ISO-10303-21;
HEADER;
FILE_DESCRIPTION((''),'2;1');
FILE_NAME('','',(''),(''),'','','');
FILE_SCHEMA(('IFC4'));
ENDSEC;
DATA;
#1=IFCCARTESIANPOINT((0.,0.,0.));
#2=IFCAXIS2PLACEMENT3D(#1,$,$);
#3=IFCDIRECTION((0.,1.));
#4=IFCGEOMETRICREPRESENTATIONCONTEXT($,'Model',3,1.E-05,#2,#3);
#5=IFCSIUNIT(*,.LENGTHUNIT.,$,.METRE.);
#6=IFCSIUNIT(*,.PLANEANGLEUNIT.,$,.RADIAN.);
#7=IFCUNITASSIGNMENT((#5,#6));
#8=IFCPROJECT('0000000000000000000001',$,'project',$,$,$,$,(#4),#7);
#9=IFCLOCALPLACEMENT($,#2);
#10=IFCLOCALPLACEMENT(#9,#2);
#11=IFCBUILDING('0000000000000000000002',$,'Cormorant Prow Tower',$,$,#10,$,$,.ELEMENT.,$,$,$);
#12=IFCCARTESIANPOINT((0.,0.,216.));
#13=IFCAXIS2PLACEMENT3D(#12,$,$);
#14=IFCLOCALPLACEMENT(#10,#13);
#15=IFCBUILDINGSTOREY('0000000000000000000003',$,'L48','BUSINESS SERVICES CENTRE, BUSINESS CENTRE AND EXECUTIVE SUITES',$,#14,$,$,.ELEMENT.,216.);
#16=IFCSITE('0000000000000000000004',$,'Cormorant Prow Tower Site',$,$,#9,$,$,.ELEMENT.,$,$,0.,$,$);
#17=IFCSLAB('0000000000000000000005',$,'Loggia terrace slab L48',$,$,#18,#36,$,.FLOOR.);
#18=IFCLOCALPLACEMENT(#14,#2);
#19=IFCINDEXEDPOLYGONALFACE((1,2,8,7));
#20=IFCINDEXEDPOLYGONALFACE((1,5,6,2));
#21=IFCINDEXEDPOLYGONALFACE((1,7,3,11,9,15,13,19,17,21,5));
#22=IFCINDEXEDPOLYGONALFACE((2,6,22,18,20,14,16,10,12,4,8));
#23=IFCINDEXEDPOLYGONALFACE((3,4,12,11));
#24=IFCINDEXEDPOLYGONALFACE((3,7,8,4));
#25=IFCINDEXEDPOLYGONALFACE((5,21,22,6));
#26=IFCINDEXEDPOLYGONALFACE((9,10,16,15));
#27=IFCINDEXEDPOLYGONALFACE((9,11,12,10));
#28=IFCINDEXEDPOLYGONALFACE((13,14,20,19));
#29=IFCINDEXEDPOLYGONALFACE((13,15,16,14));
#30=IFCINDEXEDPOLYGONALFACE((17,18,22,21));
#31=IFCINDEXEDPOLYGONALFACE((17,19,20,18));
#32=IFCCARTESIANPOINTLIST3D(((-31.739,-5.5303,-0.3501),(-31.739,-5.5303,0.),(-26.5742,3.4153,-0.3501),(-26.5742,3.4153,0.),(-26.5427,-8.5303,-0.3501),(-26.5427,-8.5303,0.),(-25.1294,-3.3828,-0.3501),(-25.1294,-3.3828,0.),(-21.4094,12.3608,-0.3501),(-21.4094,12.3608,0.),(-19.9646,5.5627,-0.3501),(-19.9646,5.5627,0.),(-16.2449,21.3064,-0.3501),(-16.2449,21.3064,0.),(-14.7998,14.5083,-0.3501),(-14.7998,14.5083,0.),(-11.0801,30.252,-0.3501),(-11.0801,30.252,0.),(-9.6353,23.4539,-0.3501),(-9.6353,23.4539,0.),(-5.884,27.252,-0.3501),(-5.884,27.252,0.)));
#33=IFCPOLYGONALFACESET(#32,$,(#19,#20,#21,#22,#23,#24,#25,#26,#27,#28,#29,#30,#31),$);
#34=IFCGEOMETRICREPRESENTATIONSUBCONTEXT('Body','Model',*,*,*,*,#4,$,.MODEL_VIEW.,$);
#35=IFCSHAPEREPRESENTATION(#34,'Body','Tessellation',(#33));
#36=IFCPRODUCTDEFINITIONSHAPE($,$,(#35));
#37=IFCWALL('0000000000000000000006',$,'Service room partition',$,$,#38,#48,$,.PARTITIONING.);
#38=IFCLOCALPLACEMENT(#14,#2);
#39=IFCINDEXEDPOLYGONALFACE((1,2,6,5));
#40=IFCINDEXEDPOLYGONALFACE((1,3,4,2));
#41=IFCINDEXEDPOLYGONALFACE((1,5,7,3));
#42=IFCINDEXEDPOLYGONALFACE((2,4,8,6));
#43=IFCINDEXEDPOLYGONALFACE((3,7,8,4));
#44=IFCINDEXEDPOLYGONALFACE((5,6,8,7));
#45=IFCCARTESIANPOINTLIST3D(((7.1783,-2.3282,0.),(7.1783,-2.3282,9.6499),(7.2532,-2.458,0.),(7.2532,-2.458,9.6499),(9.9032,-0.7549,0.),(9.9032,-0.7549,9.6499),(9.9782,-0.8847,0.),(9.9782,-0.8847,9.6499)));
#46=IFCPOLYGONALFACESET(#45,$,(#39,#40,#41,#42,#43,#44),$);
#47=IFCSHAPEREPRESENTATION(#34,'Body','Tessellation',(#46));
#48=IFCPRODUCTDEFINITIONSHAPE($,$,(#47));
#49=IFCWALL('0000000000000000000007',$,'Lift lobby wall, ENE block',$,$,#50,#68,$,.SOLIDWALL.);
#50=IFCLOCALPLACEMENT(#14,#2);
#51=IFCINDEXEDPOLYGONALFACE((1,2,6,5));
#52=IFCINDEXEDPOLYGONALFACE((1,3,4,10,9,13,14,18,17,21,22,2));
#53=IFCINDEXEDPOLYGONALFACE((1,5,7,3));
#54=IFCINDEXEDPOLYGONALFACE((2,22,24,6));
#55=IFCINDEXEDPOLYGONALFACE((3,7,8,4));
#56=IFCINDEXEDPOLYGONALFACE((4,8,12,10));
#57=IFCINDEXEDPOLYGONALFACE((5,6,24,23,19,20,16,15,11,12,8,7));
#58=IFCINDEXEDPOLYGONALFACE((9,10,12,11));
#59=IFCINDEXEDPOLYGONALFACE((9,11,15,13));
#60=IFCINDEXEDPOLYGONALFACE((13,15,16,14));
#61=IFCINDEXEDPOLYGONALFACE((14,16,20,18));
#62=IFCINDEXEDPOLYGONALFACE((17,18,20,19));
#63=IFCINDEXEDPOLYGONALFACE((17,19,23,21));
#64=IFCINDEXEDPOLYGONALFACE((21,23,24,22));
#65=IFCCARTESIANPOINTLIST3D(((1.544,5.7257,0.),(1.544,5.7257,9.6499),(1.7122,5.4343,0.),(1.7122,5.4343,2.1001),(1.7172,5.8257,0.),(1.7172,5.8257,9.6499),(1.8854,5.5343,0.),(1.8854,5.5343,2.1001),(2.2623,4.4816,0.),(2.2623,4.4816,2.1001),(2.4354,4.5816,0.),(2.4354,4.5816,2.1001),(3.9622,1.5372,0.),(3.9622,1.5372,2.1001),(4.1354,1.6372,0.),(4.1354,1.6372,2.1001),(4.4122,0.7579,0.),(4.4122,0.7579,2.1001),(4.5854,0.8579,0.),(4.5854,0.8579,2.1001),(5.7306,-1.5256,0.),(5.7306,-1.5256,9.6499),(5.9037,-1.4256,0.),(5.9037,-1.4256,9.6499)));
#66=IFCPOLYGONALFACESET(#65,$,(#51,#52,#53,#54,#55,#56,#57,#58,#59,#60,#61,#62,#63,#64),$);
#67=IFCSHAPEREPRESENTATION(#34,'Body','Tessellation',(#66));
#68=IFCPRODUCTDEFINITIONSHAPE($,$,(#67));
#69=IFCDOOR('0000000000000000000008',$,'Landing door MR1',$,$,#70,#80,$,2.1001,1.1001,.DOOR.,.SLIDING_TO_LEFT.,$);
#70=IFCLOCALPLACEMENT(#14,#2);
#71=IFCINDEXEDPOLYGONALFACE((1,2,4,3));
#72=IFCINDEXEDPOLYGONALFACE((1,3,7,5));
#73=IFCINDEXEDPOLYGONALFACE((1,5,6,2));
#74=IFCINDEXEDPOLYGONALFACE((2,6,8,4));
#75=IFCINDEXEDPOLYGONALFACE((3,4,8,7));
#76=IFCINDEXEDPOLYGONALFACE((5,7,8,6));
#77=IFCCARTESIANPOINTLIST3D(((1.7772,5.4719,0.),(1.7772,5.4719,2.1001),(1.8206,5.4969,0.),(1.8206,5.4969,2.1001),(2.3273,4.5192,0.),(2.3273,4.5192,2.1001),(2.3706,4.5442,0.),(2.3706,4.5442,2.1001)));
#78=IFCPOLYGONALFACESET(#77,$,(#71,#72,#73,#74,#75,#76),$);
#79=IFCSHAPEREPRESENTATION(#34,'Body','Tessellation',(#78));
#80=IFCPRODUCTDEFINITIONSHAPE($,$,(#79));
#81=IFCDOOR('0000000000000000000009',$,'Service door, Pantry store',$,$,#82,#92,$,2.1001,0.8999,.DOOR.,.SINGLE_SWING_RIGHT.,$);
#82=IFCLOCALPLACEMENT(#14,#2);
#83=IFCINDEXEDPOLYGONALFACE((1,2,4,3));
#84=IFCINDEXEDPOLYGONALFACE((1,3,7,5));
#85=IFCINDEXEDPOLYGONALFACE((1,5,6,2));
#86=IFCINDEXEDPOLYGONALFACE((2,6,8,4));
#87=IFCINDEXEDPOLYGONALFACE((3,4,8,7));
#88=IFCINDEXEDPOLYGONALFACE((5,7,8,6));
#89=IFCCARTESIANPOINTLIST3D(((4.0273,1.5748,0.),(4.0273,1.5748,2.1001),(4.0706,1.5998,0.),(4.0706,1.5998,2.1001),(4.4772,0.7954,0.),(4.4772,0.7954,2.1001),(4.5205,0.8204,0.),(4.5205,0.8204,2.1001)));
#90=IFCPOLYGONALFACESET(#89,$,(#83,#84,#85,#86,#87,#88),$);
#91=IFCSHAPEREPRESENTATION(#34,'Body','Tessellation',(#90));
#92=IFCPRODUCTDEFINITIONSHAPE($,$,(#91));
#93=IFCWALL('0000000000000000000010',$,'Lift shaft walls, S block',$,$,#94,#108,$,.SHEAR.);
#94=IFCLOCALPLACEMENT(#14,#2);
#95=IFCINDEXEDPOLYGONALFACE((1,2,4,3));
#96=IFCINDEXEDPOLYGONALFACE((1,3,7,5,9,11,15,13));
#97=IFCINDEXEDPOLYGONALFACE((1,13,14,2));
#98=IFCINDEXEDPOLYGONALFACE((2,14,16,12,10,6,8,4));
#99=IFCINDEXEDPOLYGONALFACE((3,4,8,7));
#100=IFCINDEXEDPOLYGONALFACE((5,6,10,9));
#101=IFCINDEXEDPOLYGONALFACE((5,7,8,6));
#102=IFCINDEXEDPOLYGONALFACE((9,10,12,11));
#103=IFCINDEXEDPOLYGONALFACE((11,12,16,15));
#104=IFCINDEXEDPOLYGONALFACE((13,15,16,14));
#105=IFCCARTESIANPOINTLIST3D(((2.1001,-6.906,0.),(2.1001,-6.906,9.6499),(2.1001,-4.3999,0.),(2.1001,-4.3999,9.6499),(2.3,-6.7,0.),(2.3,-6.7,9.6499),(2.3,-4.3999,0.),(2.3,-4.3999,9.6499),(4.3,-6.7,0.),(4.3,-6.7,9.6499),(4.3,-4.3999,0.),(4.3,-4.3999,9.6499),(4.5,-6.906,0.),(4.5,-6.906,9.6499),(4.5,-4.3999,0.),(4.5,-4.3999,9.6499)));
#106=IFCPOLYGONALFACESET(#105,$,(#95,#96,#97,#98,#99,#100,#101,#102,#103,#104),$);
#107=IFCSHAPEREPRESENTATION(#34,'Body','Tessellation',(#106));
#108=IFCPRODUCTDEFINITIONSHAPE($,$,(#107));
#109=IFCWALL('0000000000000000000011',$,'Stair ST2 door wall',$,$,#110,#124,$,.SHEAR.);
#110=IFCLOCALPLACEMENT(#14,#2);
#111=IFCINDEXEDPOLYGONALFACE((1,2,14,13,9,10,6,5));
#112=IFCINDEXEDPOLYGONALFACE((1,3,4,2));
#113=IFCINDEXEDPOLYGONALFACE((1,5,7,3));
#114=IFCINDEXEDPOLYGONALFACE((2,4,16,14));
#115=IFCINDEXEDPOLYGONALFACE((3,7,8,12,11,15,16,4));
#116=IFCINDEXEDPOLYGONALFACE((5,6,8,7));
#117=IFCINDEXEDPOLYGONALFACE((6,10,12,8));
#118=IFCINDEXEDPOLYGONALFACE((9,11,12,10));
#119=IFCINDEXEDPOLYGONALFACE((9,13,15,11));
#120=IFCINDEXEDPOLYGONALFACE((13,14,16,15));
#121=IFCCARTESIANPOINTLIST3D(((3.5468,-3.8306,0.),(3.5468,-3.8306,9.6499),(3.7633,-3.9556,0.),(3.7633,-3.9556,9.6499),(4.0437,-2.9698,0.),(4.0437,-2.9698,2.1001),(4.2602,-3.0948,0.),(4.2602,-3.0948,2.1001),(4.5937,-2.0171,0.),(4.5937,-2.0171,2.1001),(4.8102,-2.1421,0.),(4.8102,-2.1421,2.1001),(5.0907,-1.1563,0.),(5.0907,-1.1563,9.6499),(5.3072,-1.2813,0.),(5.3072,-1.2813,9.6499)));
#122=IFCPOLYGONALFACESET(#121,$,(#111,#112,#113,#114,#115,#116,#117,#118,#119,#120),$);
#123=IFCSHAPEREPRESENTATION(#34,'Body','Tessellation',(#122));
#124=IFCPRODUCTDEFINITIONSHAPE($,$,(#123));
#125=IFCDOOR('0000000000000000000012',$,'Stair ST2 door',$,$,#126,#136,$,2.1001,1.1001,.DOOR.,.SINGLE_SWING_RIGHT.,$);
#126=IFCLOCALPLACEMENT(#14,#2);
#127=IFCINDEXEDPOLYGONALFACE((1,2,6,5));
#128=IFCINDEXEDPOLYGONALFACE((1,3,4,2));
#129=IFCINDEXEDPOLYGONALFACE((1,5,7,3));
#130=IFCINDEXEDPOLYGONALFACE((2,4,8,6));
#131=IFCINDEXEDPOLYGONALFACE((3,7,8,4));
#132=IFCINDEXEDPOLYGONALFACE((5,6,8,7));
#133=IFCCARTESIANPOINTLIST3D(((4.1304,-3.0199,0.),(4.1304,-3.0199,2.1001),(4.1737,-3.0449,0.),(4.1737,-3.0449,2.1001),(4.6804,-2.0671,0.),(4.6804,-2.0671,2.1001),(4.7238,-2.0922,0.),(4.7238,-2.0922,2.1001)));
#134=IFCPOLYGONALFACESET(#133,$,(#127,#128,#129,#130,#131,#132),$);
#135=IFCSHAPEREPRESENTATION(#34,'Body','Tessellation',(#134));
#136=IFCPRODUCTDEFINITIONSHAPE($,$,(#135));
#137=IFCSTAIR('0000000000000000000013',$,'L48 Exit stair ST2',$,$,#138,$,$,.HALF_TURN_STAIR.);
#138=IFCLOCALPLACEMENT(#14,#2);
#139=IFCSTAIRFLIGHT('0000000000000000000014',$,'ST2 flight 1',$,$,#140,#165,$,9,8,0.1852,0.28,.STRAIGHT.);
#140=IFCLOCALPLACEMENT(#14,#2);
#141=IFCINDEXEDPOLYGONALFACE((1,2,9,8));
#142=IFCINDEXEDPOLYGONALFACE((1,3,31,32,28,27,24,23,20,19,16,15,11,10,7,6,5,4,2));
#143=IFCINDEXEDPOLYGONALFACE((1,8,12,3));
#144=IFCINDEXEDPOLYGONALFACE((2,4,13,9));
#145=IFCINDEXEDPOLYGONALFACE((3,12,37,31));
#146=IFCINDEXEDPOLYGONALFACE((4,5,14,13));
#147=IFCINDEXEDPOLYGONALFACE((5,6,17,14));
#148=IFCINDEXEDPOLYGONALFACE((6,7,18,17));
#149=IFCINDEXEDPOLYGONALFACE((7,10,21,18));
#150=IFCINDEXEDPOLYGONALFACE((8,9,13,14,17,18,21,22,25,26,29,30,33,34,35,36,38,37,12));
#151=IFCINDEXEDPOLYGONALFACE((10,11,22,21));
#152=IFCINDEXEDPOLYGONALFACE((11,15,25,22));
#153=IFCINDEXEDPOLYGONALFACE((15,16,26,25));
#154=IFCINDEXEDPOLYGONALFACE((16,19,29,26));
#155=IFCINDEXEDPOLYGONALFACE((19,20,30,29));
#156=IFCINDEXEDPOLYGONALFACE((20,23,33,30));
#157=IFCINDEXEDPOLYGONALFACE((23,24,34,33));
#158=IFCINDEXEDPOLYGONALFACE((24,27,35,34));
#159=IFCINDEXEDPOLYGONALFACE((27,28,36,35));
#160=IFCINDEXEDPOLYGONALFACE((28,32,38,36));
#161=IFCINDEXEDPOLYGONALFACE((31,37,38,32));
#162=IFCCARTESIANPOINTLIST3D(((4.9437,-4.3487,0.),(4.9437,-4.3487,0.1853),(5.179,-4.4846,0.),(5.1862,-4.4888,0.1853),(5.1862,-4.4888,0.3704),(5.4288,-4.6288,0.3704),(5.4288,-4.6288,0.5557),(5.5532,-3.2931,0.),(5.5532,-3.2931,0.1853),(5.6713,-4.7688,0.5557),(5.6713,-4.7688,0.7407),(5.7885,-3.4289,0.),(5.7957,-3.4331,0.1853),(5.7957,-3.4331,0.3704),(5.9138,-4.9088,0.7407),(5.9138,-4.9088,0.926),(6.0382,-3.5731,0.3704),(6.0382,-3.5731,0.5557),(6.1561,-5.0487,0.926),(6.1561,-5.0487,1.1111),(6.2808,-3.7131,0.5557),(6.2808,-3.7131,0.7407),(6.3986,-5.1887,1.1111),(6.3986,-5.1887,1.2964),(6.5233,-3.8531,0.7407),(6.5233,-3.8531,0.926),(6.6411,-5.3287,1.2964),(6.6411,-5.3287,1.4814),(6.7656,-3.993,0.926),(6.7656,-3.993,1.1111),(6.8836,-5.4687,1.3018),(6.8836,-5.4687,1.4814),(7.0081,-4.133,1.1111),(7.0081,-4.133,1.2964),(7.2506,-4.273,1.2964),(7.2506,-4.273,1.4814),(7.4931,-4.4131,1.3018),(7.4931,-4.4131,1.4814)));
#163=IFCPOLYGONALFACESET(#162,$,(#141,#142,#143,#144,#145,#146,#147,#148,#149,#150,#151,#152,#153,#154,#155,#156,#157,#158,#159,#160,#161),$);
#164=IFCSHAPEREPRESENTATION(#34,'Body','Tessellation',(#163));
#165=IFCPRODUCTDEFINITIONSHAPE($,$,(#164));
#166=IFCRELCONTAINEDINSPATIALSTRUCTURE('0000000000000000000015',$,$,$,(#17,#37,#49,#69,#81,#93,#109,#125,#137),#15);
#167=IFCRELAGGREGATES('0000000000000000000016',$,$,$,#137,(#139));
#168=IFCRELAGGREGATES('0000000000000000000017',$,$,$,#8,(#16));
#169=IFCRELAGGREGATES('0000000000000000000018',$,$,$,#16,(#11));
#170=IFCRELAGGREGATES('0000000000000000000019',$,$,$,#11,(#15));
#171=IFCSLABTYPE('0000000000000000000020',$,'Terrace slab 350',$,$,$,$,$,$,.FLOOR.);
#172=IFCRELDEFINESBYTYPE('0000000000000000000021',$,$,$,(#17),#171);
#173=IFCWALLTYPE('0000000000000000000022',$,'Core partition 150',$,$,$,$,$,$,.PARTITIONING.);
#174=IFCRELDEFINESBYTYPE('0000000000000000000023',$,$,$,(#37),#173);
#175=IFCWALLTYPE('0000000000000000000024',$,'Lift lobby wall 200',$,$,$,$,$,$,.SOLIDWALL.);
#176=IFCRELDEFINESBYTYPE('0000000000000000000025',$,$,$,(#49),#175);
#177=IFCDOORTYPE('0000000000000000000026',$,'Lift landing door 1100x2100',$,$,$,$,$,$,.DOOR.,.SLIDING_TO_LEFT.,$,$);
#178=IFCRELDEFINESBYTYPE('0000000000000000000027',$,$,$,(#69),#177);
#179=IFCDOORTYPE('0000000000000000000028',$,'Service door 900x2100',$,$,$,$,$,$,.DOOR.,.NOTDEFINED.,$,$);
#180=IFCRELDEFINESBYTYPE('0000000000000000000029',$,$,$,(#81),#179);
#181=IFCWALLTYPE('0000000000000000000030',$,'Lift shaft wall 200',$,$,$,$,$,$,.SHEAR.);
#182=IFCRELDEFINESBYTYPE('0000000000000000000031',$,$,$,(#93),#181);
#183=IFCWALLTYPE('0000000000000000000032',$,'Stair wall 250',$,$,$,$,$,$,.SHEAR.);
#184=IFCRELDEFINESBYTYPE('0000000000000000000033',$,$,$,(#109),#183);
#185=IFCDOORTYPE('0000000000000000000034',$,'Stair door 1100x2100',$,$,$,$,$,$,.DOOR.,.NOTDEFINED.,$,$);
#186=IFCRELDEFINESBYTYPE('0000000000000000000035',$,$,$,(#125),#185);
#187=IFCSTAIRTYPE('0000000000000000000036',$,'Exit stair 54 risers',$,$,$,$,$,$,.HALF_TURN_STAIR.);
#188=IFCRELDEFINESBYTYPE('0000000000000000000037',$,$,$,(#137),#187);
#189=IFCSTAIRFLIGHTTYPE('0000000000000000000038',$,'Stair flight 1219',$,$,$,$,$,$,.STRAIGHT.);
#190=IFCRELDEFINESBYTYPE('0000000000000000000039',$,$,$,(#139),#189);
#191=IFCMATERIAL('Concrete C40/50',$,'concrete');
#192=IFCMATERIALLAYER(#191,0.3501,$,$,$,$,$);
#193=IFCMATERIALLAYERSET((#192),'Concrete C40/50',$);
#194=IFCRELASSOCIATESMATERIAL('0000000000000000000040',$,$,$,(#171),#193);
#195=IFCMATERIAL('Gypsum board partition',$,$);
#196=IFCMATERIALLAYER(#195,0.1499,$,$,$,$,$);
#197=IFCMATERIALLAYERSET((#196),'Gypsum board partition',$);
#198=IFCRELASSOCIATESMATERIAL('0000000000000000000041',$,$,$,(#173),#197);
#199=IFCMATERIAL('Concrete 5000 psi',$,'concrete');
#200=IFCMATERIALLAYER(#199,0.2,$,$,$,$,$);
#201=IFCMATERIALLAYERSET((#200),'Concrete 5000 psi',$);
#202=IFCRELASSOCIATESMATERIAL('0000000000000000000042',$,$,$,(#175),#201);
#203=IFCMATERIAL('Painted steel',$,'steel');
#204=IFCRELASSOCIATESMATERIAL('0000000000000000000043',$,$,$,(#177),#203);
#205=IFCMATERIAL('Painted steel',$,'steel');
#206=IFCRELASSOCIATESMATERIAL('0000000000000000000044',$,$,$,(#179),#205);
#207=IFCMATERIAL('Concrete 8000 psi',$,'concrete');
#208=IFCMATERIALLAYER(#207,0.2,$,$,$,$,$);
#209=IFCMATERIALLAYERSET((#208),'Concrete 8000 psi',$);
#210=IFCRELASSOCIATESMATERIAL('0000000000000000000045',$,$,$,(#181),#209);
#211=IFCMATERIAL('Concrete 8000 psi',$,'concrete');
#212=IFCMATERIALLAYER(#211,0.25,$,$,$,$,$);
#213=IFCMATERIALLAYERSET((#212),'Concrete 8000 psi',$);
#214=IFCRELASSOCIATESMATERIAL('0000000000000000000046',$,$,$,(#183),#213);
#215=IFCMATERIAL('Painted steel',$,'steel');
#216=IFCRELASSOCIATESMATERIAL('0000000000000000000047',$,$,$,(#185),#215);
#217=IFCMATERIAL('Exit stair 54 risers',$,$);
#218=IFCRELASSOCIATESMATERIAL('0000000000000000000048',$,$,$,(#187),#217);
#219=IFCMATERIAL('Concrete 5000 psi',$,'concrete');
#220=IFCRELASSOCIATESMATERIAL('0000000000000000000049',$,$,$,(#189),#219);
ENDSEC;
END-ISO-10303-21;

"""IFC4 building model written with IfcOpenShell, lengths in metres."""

from ifc_helpers import new_model, si_unit, direction, frame, frame_2d, origin, place, context, subcontext, project, spatial, polyline, rectangle, outline, extrude, material, layer, layer_set, type_object, element, fill, aggregate, save


model = new_model("IFC4")

# Units and contexts
model_context = context("Model", 3, precision=1e-05, world=origin(), true_north=direction((0.0, 1.0)))
body_context = subcontext(model_context, "Body", "Model", "MODEL_VIEW")
ifc_project = project(units=[si_unit("LENGTHUNIT", "METRE"), si_unit("PLANEANGLEUNIT", "RADIAN")], contexts=[model_context])

# Site, building, storey
site_placement = place(None, origin())
site = spatial("IfcSite", under=ifc_project, at=site_placement, Name="Cormorant Prow Tower Site", CompositionType="ELEMENT", RefElevation=0.0)
building_placement = place(site_placement, origin())
building = spatial("IfcBuilding", under=site, at=building_placement, Name="Cormorant Prow Tower", CompositionType="ELEMENT")
storey_placement = place(building_placement, frame((0.0, 0.0, 216.0)))
storey = spatial("IfcBuildingStorey", under=building, at=storey_placement, Name="L48", Description="BUSINESS SERVICES CENTRE, BUSINESS CENTRE AND EXECUTIVE SUITES", CompositionType="ELEMENT", Elevation=216.0)

# Slab
ifc_material_1 = material(Name="Concrete C40/50", Category="concrete")
ifc_layer_1 = layer(ifc_material_1, 0.3501)
ifc_layer_set_1 = layer_set([ifc_layer_1], Name="Concrete C40/50")
slab_type = type_object("IfcSlabType", Name="Terrace slab 350", PredefinedType="FLOOR", material=ifc_layer_set_1)
slab_placement = place(storey_placement, frame((0.0, 0.0, -0.3501)))
element("IfcSlab", 1, at=slab_placement, inside=storey, type_object=slab_type, Name="Loggia terrace slab L48", PredefinedType="FLOOR", context=body_context, shape_type="SweptSolid", body=[
    extrude(outline(polyline([(-11.0801, 30.252), (-9.6353, 23.4539), (-16.2449, 21.3064), (-14.7998, 14.5083), (-21.4094, 12.3608), (-19.9646, 5.5627), (-26.5742, 3.4153), (-25.1294, -3.3828), (-31.739, -5.5303), (-26.5427, -8.5303), (-5.884, 27.252), (-11.0801, 30.252)])), origin(), (0.0, 0.0, 1.0), 0.3501),
])

# Wall
ifc_material_2 = material(Name="Gypsum board partition")
ifc_layer_2 = layer(ifc_material_2, 0.1499)
ifc_layer_set_2 = layer_set([ifc_layer_2], Name="Gypsum board partition")
wall_type_1 = type_object("IfcWallType", Name="Core partition 150", PredefinedType="PARTITIONING", material=ifc_layer_set_2)
wall_1_placement = place(storey_placement, frame((9.9407, -0.8198, 0.0), z_axis=(0.0, 0.0, 1.0), x_axis=(-0.866019, -0.500011, 0.0)))
element("IfcWall", 2, at=wall_1_placement, inside=storey, type_object=wall_type_1, Name="Service room partition", PredefinedType="PARTITIONING", context=body_context, shape_type="SweptSolid", body=[
    extrude(rectangle(XDim=3.1465, YDim=0.1499, at=frame_2d((1.5732, 0.0))), origin(), (0.0, 0.0, 1.0), 9.6499),
])

# Wall, openings, doors
ifc_material_3 = material(Name="Concrete 5000 psi", Category="concrete")
ifc_layer_3 = layer(ifc_material_3, 0.2)
ifc_layer_set_3 = layer_set([ifc_layer_3], Name="Concrete 5000 psi")
wall_type_2 = type_object("IfcWallType", Name="Lift lobby wall 200", PredefinedType="SOLIDWALL", material=ifc_layer_set_3)
wall_2_placement = place(storey_placement, frame((5.8171, -1.4756, 0.0), z_axis=(0.0, 0.0, 1.0), x_axis=(-0.500003, 0.866024, 0.0)))
wall_2 = element("IfcWall", 3, at=wall_2_placement, inside=storey, type_object=wall_type_2, Name="Lift lobby wall, ENE block", PredefinedType="SOLIDWALL", context=body_context, shape_type="SweptSolid", body=[
    extrude(rectangle(XDim=8.373, YDim=0.2, at=frame_2d((4.1865, 0.0))), origin(), (0.0, 0.0, 1.0), 9.6499),
])
opening_1_placement = place(wall_2_placement, frame((2.6367, 0.0, 0.0)))
opening_1 = element("IfcOpeningElement", 4, at=opening_1_placement, cuts=wall_2, PredefinedType="OPENING", context=body_context, shape_type="SweptSolid", body=[
    extrude(rectangle(XDim=0.8999, YDim=2.1001, at=frame_2d((0.45, 1.05))), frame((0.0, 0.1099, 0.0), z_axis=(0.0, -1.0, 0.0), x_axis=(1.0, 0.0, 0.0)), (0.0, 0.0, 1.0), 0.22),
])
opening_2_placement = place(wall_2_placement, frame((6.9365, 0.0, 0.0)))
opening_2 = element("IfcOpeningElement", 5, at=opening_2_placement, cuts=wall_2, PredefinedType="OPENING", context=body_context, shape_type="SweptSolid", body=[
    extrude(rectangle(XDim=1.1001, YDim=2.1001, at=frame_2d((0.55, 1.05))), frame((0.0, 0.1099, 0.0), z_axis=(0.0, -1.0, 0.0), x_axis=(1.0, 0.0, 0.0)), (0.0, 0.0, 1.0), 0.22),
])
ifc_material_4 = material(Name="Painted steel", Category="steel")
door_type_1 = type_object("IfcDoorType", Name="Lift landing door 1100x2100", OperationType="SLIDING_TO_LEFT", PredefinedType="DOOR", material=ifc_material_4)
door_1_placement = place(opening_2_placement, origin())
door_1 = element("IfcDoor", 6, at=door_1_placement, inside=storey, type_object=door_type_1, Name="Landing door MR1", OperationType="SLIDING_TO_LEFT", OverallHeight=2.1001, OverallWidth=1.1001, PredefinedType="DOOR", context=body_context, shape_type="SweptSolid", body=[
    extrude(rectangle(XDim=1.1001, YDim=2.1001, at=frame_2d((0.55, 1.05))), frame((0.0, 0.0249, 0.0), z_axis=(0.0, -1.0, 0.0), x_axis=(1.0, 0.0, 0.0)), (0.0, 0.0, 1.0), 0.05),
])
fill(opening_2, door_1)
ifc_material_5 = material(Name="Painted steel", Category="steel")
door_type_2 = type_object("IfcDoorType", Name="Service door 900x2100", OperationType="NOTDEFINED", PredefinedType="DOOR", material=ifc_material_5)
door_2_placement = place(opening_1_placement, origin())
door_2 = element("IfcDoor", 7, at=door_2_placement, inside=storey, type_object=door_type_2, Name="Service door, Pantry store", OperationType="SINGLE_SWING_RIGHT", OverallHeight=2.1001, OverallWidth=0.8999, PredefinedType="DOOR", context=body_context, shape_type="SweptSolid", body=[
    extrude(rectangle(XDim=0.8999, YDim=2.1001, at=frame_2d((0.45, 1.05))), frame((0.0, 0.0249, 0.0), z_axis=(0.0, -1.0, 0.0), x_axis=(1.0, 0.0, 0.0)), (0.0, 0.0, 1.0), 0.05),
])
fill(opening_1, door_2)

# Wall
ifc_material_6 = material(Name="Concrete 8000 psi", Category="concrete")
ifc_layer_4 = layer(ifc_material_6, 0.2)
ifc_layer_set_4 = layer_set([ifc_layer_4], Name="Concrete 8000 psi")
wall_type_3 = type_object("IfcWallType", Name="Lift shaft wall 200", PredefinedType="SHEAR", material=ifc_layer_set_4)
wall_3_placement = place(storey_placement, origin())
element("IfcWall", 8, at=wall_3_placement, inside=storey, type_object=wall_type_3, Name="Lift shaft walls, S block", PredefinedType="SHEAR", context=body_context, shape_type="SweptSolid", body=[
    extrude(outline(polyline([(4.5, -4.3999), (4.5, -6.906), (2.1001, -6.906), (2.1001, -4.3999), (2.3, -4.3999), (2.3, -6.7), (4.3, -6.7), (4.3, -4.3999), (4.5, -4.3999)])), origin(), (0.0, 0.0, 1.0), 9.6499),
])

# Wall, opening, door
ifc_material_7 = material(Name="Concrete 8000 psi", Category="concrete")
ifc_layer_5 = layer(ifc_material_7, 0.25)
ifc_layer_set_5 = layer_set([ifc_layer_5], Name="Concrete 8000 psi")
wall_type_4 = type_object("IfcWallType", Name="Stair wall 250", PredefinedType="SHEAR", material=ifc_layer_set_5)
wall_4_placement = place(storey_placement, frame((3.655, -3.8931, 0.0), z_axis=(0.0, 0.0, 1.0), x_axis=(0.499983, 0.866035, 0.0)))
wall_4 = element("IfcWall", 9, at=wall_4_placement, inside=storey, type_object=wall_type_4, Name="Stair ST2 door wall", PredefinedType="SHEAR", context=body_context, shape_type="SweptSolid", body=[
    extrude(rectangle(XDim=3.0879, YDim=0.25, at=frame_2d((1.5439, 0.0))), origin(), (0.0, 0.0, 1.0), 9.6499),
])
opening_3_placement = place(wall_4_placement, frame((0.9939, 0.0, 0.0)))
opening_3 = element("IfcOpeningElement", 10, at=opening_3_placement, cuts=wall_4, PredefinedType="OPENING", context=body_context, shape_type="SweptSolid", body=[
    extrude(rectangle(XDim=1.1001, YDim=2.1001, at=frame_2d((0.55, 1.05))), frame((0.0, 0.135, 0.0), z_axis=(0.0, -1.0, 0.0), x_axis=(1.0, 0.0, 0.0)), (0.0, 0.0, 1.0), 0.27),
])
ifc_material_8 = material(Name="Painted steel", Category="steel")
door_type_3 = type_object("IfcDoorType", Name="Stair door 1100x2100", OperationType="NOTDEFINED", PredefinedType="DOOR", material=ifc_material_8)
door_3_placement = place(opening_3_placement, origin())
door_3 = element("IfcDoor", 11, at=door_3_placement, inside=storey, type_object=door_type_3, Name="Stair ST2 door", OperationType="SINGLE_SWING_RIGHT", OverallHeight=2.1001, OverallWidth=1.1001, PredefinedType="DOOR", context=body_context, shape_type="SweptSolid", body=[
    extrude(rectangle(XDim=1.1001, YDim=2.1001, at=frame_2d((0.55, 1.05))), frame((0.0, 0.0249, 0.0), z_axis=(0.0, -1.0, 0.0), x_axis=(1.0, 0.0, 0.0)), (0.0, 0.0, 1.0), 0.05),
])
fill(opening_3, door_3)

# Stair, stair flight
ifc_material_9 = material(Name="Exit stair 54 risers")
stair_type = type_object("IfcStairType", Name="Exit stair 54 risers", PredefinedType="HALF_TURN_STAIR", material=ifc_material_9)
stair_placement = place(storey_placement, origin())
stair = element("IfcStair", 12, at=stair_placement, inside=storey, type_object=stair_type, Name="L48 Exit stair ST2", PredefinedType="HALF_TURN_STAIR")
ifc_material_10 = material(Name="Concrete 5000 psi", Category="concrete")
stair_flight_type = type_object("IfcStairFlightType", Name="Stair flight 1219", PredefinedType="STRAIGHT", material=ifc_material_10)
stair_flight_1_placement = place(storey_placement, frame((5.2485, -3.8208, 0.0), z_axis=(0.0, 0.0, 1.0), x_axis=(0.866025, -0.5, 0.0)))
stair_flight_1 = element("IfcStairFlight", 13, at=stair_flight_1_placement, type_object=stair_flight_type, Name="ST2 flight 1", NumberOfRisers=9, NumberOfTreads=8, PredefinedType="STRAIGHT", RiserHeight=0.1852, TreadLength=0.28, context=body_context, shape_type="SweptSolid", body=[
    extrude(outline(polyline([(0.0, 0.0), (0.0, 0.1853), (0.28, 0.1853), (0.28, 0.3704), (0.5601, 0.3704), (0.5601, 0.5557), (0.8401, 0.5557), (0.8401, 0.7407), (1.1201, 0.7407), (1.1201, 0.926), (1.3999, 0.926), (1.3999, 1.1111), (1.6799, 1.1111), (1.6799, 1.2964), (1.96, 1.2964), (1.96, 1.4814), (2.24, 1.4814), (2.24, 1.6667), (2.24, 1.3018), (0.2717, 0.0), (0.0, 0.0)])), frame((0.0, 0.6094, 0.0), z_axis=(0.0, -1.0, 0.0), x_axis=(1.0, 0.0, 0.0)), (0.0, 0.0, 1.0), 1.219),
])
aggregate(stair, [stair_flight_1])

save(model, "model.ifc")
